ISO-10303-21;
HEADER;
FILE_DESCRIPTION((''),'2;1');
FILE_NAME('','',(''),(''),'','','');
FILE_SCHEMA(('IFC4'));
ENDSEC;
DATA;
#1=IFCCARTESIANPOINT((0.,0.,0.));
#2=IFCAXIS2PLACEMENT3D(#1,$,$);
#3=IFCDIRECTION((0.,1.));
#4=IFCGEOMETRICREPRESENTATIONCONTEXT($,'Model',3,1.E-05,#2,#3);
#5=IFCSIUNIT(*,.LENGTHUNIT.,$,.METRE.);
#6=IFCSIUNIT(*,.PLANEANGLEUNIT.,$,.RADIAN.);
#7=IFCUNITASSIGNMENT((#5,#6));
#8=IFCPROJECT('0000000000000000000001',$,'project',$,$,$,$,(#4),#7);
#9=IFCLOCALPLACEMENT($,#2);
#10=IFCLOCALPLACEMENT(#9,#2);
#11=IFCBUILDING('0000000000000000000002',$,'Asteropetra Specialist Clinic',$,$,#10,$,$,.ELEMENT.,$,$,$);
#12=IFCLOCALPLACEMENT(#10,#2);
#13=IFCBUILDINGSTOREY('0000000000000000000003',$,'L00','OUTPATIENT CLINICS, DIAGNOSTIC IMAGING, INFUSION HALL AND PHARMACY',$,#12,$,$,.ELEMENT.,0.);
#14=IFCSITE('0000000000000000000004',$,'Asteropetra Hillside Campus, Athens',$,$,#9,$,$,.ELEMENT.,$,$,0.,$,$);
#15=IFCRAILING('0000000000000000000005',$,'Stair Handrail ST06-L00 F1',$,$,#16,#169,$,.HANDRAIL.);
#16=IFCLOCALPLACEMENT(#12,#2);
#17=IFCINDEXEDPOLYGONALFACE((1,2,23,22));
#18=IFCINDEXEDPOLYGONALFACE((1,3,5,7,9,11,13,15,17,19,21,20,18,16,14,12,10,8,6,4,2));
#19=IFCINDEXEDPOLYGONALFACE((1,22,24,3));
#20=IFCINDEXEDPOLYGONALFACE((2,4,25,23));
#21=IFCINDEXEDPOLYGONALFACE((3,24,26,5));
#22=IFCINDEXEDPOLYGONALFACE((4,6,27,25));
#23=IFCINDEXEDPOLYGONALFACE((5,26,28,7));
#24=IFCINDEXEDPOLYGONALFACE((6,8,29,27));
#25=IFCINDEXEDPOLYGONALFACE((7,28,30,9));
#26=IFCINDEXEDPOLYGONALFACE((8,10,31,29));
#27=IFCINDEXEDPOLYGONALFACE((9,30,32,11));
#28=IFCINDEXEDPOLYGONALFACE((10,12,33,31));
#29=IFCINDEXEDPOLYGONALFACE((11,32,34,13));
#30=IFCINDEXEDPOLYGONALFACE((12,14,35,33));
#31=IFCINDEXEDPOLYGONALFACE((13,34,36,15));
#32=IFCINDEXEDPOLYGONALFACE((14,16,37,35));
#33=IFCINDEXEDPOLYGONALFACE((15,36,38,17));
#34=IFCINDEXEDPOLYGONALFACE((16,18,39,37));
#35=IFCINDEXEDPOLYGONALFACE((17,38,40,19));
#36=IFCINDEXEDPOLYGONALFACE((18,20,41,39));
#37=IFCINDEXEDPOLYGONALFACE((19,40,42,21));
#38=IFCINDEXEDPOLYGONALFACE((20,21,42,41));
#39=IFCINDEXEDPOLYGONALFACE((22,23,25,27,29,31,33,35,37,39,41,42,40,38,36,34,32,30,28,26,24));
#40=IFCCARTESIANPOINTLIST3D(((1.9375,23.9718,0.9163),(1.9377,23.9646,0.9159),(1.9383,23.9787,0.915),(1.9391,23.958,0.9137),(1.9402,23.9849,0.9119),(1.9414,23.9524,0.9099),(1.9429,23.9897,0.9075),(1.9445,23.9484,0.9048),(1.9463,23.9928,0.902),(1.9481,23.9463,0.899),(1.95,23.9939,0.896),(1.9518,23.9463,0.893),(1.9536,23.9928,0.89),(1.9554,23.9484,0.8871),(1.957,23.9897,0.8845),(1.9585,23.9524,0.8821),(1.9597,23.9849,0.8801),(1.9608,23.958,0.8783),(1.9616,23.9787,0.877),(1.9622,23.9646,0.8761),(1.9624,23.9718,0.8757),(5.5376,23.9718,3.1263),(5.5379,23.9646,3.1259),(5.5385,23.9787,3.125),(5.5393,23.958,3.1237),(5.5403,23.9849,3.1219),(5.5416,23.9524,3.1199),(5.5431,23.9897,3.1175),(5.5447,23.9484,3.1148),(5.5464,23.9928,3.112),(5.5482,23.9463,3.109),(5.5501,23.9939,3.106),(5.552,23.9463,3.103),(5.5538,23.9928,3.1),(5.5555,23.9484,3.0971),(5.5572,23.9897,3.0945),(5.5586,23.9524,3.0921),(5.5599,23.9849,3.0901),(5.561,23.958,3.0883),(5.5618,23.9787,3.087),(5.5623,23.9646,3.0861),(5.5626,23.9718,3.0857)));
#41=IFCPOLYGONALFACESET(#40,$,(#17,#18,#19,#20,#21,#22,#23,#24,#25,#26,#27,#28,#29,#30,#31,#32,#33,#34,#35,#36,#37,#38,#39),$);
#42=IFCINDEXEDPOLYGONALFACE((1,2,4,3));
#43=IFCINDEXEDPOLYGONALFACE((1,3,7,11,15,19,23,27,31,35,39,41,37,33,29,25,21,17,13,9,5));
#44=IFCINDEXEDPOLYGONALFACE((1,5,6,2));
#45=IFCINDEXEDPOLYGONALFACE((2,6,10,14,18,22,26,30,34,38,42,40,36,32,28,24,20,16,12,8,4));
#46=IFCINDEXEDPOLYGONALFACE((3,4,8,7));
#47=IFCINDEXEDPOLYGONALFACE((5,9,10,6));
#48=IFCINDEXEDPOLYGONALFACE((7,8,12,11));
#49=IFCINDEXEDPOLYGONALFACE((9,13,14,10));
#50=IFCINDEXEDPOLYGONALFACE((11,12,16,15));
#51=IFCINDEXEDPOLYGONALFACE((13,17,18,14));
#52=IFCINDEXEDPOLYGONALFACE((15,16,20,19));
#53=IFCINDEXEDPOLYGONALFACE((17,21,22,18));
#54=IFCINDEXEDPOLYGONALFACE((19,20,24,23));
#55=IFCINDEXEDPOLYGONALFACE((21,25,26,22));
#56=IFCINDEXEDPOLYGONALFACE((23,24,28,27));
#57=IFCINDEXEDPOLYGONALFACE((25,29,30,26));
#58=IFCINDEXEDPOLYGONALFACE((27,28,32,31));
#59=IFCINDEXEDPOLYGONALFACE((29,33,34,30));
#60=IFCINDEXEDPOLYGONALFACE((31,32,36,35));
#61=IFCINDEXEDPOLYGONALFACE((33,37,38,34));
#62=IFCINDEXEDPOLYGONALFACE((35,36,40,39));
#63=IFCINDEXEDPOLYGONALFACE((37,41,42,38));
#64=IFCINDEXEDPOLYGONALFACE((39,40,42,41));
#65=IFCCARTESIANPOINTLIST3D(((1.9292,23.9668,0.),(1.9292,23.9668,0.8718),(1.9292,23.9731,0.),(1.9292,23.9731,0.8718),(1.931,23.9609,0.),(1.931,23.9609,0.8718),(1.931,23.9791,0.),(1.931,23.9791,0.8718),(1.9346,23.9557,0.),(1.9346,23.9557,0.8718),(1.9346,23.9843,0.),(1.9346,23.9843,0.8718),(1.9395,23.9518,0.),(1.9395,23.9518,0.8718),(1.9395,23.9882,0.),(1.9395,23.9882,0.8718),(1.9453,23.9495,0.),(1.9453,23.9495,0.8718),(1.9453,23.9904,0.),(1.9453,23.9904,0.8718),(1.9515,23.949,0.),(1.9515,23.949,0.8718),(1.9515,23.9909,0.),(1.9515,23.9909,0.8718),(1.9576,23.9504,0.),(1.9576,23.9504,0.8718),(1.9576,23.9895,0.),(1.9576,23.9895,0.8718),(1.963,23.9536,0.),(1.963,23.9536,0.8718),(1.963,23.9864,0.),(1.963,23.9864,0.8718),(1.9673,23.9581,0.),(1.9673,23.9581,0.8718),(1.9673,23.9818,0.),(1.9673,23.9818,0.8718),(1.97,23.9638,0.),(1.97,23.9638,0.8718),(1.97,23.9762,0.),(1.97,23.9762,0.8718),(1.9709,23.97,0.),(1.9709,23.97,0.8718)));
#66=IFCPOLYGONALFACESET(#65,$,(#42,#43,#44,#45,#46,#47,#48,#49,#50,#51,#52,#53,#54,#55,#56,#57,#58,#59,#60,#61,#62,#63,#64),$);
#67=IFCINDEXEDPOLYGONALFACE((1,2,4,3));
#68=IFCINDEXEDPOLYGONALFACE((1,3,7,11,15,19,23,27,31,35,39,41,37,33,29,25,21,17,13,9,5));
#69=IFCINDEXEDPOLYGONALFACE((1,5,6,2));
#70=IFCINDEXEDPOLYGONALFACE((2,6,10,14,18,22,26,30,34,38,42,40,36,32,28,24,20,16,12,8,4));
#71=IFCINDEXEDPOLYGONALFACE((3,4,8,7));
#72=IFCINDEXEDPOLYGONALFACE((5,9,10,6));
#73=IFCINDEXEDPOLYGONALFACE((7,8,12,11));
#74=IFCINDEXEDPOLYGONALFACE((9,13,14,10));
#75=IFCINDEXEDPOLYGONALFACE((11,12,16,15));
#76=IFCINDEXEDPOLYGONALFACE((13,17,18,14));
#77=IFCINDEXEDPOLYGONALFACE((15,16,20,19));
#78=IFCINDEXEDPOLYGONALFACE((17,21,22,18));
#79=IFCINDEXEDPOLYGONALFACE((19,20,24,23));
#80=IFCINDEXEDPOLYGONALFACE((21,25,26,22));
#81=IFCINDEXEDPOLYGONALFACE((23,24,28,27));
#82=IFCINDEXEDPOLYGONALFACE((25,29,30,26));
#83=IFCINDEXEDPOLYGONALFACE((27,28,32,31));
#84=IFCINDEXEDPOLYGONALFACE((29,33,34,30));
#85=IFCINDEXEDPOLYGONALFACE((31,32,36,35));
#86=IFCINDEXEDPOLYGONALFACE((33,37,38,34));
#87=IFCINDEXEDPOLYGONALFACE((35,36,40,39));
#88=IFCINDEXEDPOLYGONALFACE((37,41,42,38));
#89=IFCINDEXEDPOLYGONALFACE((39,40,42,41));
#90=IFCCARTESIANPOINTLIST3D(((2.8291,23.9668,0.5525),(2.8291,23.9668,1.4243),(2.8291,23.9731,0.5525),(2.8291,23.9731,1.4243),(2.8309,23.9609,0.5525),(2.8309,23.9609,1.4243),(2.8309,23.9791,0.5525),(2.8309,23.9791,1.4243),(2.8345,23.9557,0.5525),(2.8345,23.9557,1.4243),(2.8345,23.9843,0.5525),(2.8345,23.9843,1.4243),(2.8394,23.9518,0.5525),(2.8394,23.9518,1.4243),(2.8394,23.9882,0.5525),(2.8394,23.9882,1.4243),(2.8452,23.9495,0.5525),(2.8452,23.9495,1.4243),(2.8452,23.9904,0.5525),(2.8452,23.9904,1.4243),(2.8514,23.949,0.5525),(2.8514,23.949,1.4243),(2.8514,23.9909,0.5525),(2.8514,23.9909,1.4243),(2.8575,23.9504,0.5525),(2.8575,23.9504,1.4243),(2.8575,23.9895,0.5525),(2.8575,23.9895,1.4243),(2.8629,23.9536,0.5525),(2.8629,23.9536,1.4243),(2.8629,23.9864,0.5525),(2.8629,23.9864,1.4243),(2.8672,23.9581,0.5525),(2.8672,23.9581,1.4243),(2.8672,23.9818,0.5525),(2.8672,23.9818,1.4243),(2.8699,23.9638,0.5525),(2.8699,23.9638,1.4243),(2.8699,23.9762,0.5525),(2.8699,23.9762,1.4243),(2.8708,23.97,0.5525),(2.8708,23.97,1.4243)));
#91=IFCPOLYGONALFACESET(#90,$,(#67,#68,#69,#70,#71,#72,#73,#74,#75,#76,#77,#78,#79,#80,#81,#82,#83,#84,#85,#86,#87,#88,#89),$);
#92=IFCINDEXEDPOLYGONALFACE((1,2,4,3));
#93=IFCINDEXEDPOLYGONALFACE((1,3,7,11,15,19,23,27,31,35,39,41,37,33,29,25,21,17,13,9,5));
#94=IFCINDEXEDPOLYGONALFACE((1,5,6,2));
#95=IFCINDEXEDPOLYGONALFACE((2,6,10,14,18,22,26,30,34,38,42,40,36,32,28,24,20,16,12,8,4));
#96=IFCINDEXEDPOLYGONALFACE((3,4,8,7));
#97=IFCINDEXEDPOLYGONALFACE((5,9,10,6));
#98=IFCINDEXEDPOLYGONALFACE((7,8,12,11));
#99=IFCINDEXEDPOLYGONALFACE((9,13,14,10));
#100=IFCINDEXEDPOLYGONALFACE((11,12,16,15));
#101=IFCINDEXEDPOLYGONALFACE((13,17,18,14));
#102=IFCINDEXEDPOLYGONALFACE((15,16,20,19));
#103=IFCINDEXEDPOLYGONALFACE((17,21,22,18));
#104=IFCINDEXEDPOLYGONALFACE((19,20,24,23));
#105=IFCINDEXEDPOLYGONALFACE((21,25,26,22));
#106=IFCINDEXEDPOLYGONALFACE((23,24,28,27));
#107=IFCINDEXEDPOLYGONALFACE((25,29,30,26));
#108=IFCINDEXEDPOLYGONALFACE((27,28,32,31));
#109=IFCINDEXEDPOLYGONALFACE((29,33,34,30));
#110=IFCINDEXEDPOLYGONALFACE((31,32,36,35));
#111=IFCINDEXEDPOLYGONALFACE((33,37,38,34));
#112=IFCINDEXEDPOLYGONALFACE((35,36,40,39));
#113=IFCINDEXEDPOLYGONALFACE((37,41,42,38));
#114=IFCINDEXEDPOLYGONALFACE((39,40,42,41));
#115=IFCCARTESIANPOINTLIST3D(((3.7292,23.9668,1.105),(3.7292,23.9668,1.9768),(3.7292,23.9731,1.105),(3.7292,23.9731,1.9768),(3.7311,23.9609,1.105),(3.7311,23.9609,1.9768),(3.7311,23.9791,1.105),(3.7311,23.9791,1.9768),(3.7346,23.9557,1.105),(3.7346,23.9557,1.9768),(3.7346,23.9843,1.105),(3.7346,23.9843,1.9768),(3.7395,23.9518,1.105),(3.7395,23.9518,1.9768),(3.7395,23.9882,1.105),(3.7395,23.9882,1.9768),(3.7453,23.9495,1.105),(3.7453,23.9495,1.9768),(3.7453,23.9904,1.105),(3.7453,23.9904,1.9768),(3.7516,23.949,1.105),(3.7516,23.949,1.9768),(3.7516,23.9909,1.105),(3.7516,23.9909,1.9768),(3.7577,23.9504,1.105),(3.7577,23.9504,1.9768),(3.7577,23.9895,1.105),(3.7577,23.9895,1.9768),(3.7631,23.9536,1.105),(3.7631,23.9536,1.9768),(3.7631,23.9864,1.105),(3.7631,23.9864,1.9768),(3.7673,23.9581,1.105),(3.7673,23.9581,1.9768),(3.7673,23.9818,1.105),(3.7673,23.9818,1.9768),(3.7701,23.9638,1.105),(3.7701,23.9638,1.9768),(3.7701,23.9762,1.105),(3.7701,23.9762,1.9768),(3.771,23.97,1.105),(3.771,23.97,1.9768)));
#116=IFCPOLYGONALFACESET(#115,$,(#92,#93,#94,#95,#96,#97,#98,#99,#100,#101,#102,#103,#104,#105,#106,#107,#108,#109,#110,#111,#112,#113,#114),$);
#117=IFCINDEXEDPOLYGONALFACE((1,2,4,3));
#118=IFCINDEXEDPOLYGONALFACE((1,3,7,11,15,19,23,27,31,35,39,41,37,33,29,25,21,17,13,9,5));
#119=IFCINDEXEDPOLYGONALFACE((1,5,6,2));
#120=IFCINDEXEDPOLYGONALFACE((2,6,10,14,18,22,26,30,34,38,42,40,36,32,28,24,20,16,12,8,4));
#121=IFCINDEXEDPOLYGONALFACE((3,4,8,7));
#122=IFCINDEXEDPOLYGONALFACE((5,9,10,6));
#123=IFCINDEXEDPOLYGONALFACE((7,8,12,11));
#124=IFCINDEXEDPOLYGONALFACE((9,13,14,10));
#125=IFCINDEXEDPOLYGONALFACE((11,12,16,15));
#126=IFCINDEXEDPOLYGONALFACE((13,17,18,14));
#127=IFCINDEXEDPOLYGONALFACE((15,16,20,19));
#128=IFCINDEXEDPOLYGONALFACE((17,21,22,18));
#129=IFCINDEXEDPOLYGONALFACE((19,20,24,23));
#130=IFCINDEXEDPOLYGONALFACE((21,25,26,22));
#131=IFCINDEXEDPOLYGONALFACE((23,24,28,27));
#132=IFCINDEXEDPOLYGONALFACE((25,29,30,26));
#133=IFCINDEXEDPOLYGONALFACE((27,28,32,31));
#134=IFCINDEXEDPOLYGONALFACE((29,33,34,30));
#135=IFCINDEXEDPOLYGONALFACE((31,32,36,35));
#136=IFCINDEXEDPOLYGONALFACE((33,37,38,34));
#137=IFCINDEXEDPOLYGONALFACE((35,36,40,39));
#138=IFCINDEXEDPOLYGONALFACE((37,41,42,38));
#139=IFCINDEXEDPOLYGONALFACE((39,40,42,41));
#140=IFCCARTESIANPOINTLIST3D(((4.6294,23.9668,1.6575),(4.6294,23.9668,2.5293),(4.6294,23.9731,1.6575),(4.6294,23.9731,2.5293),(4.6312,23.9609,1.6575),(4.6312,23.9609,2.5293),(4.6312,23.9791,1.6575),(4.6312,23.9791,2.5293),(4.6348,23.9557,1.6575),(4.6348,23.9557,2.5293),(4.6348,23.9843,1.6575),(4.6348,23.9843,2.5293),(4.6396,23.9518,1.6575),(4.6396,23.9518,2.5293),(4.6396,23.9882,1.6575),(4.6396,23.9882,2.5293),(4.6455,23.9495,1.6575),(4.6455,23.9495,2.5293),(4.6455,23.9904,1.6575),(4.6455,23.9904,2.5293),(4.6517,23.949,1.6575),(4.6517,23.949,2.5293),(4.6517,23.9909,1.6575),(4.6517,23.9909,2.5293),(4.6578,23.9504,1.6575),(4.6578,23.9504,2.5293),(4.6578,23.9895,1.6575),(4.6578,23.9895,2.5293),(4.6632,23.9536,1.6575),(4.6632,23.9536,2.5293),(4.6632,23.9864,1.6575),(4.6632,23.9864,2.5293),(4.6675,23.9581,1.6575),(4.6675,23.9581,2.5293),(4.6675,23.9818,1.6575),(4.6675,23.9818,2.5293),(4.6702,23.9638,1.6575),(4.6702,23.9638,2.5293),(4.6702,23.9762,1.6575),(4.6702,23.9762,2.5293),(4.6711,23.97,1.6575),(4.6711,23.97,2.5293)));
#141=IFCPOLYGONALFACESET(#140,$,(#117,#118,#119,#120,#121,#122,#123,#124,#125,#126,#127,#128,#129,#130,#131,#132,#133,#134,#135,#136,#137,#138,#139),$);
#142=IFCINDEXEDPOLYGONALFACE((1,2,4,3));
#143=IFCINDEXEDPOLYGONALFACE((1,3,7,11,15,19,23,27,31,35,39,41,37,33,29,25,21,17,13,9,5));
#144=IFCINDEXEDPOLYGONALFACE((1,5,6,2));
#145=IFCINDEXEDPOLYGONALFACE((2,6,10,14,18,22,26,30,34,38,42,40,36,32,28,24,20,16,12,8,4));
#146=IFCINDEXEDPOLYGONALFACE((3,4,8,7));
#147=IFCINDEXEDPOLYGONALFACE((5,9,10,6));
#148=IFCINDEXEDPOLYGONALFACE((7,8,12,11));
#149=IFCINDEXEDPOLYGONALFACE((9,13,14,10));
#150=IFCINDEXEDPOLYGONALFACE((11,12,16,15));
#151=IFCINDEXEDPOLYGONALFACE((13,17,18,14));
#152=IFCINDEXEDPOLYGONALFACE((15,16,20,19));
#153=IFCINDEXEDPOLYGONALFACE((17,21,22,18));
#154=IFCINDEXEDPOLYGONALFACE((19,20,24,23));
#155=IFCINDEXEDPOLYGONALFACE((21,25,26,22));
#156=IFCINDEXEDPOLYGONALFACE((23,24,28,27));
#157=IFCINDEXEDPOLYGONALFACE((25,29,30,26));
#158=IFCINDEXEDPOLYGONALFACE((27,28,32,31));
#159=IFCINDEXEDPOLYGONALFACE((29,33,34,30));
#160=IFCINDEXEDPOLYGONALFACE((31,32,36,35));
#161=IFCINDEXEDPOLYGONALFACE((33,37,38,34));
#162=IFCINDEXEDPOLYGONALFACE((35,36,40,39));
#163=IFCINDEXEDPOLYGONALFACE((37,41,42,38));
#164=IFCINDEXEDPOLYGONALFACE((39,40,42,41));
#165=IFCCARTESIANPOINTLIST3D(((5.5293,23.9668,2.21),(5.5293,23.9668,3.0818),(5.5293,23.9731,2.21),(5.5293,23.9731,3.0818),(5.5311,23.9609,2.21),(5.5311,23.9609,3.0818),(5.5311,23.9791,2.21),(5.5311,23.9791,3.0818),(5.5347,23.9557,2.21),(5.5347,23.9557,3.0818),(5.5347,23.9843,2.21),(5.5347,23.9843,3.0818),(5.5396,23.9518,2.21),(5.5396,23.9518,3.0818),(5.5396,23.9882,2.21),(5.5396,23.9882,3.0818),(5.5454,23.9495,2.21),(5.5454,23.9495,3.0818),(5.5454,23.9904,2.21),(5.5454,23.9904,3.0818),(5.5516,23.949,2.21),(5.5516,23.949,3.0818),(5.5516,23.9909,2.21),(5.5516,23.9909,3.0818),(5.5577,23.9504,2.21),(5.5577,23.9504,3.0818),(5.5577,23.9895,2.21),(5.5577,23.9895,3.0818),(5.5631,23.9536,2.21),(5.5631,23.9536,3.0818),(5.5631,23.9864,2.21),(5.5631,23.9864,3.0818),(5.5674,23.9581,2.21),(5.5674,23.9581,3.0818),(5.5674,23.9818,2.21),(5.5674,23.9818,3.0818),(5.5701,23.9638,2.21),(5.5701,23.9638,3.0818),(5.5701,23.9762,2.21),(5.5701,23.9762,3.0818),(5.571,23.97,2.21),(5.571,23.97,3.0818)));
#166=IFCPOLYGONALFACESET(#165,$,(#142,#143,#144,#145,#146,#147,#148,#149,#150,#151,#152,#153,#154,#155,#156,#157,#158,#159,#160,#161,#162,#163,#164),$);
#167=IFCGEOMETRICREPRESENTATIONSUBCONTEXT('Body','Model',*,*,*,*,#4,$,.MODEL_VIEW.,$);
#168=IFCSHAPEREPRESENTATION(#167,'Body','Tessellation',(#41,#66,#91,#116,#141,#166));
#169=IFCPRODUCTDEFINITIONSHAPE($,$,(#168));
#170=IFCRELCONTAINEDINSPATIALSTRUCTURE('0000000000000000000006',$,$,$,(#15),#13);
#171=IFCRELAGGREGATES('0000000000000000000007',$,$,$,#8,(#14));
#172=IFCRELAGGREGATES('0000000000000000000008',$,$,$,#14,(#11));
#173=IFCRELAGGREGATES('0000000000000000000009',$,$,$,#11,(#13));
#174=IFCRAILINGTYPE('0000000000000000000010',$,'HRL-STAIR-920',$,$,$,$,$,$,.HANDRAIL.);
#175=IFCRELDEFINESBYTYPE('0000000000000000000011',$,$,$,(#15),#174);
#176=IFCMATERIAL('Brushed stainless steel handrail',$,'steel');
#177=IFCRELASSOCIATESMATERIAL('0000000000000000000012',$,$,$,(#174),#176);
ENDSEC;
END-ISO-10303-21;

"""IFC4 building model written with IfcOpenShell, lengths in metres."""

from ifc_helpers import new_model, si_unit, direction, frame, origin, origin_2d, place, context, subcontext, project, spatial, circle, extrude, material, type_object, element, save


model = new_model("IFC4")

# Units and contexts
model_context = context("Model", 3, precision=1e-05, world=origin(), true_north=direction((0.0, 1.0)))
body_context = subcontext(model_context, "Body", "Model", "MODEL_VIEW")
ifc_project = project(units=[si_unit("LENGTHUNIT", "METRE"), si_unit("PLANEANGLEUNIT", "RADIAN")], contexts=[model_context])

# Site, building, storey
site_placement = place(None, origin())
site = spatial("IfcSite", under=ifc_project, at=site_placement, Name="Asteropetra Hillside Campus, Athens", CompositionType="ELEMENT", RefElevation=0.0)
building_placement = place(site_placement, origin())
building = spatial("IfcBuilding", under=site, at=building_placement, Name="Asteropetra Specialist Clinic", CompositionType="ELEMENT")
storey_placement = place(building_placement, origin())
storey = spatial("IfcBuildingStorey", under=building, at=storey_placement, Name="L00", Description="OUTPATIENT CLINICS, DIAGNOSTIC IMAGING, INFUSION HALL AND PHARMACY", CompositionType="ELEMENT", Elevation=0.0)

# Railing
ifc_material_1 = material(Name="Brushed stainless steel handrail", Category="steel")
railing_type_1 = type_object("IfcRailingType", Name="HRL-STAIR-920", PredefinedType="HANDRAIL", material=ifc_material_1)
railing_1_placement = place(storey_placement, frame((1.95, 23.97, 0.0)))
element("IfcRailing", 1, at=railing_1_placement, inside=storey, type_object=railing_type_1, Name="Stair Handrail ST06-L00 F1", PredefinedType="HANDRAIL", context=body_context, shape_type="SweptSolid", body=[
    extrude(circle(Radius=0.0239, at=origin_2d()), frame((0.0, 0.0, 0.896), z_axis=(0.852237, 0.0, 0.523156), x_axis=(0.0, 1.0, 0.0)), (0.0, 0.0, 1.0), 4.2244),
    extrude(circle(Radius=0.021, at=origin_2d()), origin(), (0.0, 0.0, 1.0), 0.8718),
    extrude(circle(Radius=0.021, at=origin_2d()), frame((0.8999, 0.0, 0.5525)), (0.0, 0.0, 1.0), 0.8718),
    extrude(circle(Radius=0.021, at=origin_2d()), frame((1.8, 0.0, 1.105)), (0.0, 0.0, 1.0), 0.8718),
    extrude(circle(Radius=0.021, at=origin_2d()), frame((2.7002, 0.0, 1.6575)), (0.0, 0.0, 1.0), 0.8718),
    extrude(circle(Radius=0.021, at=origin_2d()), frame((3.6001, 0.0, 2.21)), (0.0, 0.0, 1.0), 0.8718),
])

save(model, "model.ifc")
